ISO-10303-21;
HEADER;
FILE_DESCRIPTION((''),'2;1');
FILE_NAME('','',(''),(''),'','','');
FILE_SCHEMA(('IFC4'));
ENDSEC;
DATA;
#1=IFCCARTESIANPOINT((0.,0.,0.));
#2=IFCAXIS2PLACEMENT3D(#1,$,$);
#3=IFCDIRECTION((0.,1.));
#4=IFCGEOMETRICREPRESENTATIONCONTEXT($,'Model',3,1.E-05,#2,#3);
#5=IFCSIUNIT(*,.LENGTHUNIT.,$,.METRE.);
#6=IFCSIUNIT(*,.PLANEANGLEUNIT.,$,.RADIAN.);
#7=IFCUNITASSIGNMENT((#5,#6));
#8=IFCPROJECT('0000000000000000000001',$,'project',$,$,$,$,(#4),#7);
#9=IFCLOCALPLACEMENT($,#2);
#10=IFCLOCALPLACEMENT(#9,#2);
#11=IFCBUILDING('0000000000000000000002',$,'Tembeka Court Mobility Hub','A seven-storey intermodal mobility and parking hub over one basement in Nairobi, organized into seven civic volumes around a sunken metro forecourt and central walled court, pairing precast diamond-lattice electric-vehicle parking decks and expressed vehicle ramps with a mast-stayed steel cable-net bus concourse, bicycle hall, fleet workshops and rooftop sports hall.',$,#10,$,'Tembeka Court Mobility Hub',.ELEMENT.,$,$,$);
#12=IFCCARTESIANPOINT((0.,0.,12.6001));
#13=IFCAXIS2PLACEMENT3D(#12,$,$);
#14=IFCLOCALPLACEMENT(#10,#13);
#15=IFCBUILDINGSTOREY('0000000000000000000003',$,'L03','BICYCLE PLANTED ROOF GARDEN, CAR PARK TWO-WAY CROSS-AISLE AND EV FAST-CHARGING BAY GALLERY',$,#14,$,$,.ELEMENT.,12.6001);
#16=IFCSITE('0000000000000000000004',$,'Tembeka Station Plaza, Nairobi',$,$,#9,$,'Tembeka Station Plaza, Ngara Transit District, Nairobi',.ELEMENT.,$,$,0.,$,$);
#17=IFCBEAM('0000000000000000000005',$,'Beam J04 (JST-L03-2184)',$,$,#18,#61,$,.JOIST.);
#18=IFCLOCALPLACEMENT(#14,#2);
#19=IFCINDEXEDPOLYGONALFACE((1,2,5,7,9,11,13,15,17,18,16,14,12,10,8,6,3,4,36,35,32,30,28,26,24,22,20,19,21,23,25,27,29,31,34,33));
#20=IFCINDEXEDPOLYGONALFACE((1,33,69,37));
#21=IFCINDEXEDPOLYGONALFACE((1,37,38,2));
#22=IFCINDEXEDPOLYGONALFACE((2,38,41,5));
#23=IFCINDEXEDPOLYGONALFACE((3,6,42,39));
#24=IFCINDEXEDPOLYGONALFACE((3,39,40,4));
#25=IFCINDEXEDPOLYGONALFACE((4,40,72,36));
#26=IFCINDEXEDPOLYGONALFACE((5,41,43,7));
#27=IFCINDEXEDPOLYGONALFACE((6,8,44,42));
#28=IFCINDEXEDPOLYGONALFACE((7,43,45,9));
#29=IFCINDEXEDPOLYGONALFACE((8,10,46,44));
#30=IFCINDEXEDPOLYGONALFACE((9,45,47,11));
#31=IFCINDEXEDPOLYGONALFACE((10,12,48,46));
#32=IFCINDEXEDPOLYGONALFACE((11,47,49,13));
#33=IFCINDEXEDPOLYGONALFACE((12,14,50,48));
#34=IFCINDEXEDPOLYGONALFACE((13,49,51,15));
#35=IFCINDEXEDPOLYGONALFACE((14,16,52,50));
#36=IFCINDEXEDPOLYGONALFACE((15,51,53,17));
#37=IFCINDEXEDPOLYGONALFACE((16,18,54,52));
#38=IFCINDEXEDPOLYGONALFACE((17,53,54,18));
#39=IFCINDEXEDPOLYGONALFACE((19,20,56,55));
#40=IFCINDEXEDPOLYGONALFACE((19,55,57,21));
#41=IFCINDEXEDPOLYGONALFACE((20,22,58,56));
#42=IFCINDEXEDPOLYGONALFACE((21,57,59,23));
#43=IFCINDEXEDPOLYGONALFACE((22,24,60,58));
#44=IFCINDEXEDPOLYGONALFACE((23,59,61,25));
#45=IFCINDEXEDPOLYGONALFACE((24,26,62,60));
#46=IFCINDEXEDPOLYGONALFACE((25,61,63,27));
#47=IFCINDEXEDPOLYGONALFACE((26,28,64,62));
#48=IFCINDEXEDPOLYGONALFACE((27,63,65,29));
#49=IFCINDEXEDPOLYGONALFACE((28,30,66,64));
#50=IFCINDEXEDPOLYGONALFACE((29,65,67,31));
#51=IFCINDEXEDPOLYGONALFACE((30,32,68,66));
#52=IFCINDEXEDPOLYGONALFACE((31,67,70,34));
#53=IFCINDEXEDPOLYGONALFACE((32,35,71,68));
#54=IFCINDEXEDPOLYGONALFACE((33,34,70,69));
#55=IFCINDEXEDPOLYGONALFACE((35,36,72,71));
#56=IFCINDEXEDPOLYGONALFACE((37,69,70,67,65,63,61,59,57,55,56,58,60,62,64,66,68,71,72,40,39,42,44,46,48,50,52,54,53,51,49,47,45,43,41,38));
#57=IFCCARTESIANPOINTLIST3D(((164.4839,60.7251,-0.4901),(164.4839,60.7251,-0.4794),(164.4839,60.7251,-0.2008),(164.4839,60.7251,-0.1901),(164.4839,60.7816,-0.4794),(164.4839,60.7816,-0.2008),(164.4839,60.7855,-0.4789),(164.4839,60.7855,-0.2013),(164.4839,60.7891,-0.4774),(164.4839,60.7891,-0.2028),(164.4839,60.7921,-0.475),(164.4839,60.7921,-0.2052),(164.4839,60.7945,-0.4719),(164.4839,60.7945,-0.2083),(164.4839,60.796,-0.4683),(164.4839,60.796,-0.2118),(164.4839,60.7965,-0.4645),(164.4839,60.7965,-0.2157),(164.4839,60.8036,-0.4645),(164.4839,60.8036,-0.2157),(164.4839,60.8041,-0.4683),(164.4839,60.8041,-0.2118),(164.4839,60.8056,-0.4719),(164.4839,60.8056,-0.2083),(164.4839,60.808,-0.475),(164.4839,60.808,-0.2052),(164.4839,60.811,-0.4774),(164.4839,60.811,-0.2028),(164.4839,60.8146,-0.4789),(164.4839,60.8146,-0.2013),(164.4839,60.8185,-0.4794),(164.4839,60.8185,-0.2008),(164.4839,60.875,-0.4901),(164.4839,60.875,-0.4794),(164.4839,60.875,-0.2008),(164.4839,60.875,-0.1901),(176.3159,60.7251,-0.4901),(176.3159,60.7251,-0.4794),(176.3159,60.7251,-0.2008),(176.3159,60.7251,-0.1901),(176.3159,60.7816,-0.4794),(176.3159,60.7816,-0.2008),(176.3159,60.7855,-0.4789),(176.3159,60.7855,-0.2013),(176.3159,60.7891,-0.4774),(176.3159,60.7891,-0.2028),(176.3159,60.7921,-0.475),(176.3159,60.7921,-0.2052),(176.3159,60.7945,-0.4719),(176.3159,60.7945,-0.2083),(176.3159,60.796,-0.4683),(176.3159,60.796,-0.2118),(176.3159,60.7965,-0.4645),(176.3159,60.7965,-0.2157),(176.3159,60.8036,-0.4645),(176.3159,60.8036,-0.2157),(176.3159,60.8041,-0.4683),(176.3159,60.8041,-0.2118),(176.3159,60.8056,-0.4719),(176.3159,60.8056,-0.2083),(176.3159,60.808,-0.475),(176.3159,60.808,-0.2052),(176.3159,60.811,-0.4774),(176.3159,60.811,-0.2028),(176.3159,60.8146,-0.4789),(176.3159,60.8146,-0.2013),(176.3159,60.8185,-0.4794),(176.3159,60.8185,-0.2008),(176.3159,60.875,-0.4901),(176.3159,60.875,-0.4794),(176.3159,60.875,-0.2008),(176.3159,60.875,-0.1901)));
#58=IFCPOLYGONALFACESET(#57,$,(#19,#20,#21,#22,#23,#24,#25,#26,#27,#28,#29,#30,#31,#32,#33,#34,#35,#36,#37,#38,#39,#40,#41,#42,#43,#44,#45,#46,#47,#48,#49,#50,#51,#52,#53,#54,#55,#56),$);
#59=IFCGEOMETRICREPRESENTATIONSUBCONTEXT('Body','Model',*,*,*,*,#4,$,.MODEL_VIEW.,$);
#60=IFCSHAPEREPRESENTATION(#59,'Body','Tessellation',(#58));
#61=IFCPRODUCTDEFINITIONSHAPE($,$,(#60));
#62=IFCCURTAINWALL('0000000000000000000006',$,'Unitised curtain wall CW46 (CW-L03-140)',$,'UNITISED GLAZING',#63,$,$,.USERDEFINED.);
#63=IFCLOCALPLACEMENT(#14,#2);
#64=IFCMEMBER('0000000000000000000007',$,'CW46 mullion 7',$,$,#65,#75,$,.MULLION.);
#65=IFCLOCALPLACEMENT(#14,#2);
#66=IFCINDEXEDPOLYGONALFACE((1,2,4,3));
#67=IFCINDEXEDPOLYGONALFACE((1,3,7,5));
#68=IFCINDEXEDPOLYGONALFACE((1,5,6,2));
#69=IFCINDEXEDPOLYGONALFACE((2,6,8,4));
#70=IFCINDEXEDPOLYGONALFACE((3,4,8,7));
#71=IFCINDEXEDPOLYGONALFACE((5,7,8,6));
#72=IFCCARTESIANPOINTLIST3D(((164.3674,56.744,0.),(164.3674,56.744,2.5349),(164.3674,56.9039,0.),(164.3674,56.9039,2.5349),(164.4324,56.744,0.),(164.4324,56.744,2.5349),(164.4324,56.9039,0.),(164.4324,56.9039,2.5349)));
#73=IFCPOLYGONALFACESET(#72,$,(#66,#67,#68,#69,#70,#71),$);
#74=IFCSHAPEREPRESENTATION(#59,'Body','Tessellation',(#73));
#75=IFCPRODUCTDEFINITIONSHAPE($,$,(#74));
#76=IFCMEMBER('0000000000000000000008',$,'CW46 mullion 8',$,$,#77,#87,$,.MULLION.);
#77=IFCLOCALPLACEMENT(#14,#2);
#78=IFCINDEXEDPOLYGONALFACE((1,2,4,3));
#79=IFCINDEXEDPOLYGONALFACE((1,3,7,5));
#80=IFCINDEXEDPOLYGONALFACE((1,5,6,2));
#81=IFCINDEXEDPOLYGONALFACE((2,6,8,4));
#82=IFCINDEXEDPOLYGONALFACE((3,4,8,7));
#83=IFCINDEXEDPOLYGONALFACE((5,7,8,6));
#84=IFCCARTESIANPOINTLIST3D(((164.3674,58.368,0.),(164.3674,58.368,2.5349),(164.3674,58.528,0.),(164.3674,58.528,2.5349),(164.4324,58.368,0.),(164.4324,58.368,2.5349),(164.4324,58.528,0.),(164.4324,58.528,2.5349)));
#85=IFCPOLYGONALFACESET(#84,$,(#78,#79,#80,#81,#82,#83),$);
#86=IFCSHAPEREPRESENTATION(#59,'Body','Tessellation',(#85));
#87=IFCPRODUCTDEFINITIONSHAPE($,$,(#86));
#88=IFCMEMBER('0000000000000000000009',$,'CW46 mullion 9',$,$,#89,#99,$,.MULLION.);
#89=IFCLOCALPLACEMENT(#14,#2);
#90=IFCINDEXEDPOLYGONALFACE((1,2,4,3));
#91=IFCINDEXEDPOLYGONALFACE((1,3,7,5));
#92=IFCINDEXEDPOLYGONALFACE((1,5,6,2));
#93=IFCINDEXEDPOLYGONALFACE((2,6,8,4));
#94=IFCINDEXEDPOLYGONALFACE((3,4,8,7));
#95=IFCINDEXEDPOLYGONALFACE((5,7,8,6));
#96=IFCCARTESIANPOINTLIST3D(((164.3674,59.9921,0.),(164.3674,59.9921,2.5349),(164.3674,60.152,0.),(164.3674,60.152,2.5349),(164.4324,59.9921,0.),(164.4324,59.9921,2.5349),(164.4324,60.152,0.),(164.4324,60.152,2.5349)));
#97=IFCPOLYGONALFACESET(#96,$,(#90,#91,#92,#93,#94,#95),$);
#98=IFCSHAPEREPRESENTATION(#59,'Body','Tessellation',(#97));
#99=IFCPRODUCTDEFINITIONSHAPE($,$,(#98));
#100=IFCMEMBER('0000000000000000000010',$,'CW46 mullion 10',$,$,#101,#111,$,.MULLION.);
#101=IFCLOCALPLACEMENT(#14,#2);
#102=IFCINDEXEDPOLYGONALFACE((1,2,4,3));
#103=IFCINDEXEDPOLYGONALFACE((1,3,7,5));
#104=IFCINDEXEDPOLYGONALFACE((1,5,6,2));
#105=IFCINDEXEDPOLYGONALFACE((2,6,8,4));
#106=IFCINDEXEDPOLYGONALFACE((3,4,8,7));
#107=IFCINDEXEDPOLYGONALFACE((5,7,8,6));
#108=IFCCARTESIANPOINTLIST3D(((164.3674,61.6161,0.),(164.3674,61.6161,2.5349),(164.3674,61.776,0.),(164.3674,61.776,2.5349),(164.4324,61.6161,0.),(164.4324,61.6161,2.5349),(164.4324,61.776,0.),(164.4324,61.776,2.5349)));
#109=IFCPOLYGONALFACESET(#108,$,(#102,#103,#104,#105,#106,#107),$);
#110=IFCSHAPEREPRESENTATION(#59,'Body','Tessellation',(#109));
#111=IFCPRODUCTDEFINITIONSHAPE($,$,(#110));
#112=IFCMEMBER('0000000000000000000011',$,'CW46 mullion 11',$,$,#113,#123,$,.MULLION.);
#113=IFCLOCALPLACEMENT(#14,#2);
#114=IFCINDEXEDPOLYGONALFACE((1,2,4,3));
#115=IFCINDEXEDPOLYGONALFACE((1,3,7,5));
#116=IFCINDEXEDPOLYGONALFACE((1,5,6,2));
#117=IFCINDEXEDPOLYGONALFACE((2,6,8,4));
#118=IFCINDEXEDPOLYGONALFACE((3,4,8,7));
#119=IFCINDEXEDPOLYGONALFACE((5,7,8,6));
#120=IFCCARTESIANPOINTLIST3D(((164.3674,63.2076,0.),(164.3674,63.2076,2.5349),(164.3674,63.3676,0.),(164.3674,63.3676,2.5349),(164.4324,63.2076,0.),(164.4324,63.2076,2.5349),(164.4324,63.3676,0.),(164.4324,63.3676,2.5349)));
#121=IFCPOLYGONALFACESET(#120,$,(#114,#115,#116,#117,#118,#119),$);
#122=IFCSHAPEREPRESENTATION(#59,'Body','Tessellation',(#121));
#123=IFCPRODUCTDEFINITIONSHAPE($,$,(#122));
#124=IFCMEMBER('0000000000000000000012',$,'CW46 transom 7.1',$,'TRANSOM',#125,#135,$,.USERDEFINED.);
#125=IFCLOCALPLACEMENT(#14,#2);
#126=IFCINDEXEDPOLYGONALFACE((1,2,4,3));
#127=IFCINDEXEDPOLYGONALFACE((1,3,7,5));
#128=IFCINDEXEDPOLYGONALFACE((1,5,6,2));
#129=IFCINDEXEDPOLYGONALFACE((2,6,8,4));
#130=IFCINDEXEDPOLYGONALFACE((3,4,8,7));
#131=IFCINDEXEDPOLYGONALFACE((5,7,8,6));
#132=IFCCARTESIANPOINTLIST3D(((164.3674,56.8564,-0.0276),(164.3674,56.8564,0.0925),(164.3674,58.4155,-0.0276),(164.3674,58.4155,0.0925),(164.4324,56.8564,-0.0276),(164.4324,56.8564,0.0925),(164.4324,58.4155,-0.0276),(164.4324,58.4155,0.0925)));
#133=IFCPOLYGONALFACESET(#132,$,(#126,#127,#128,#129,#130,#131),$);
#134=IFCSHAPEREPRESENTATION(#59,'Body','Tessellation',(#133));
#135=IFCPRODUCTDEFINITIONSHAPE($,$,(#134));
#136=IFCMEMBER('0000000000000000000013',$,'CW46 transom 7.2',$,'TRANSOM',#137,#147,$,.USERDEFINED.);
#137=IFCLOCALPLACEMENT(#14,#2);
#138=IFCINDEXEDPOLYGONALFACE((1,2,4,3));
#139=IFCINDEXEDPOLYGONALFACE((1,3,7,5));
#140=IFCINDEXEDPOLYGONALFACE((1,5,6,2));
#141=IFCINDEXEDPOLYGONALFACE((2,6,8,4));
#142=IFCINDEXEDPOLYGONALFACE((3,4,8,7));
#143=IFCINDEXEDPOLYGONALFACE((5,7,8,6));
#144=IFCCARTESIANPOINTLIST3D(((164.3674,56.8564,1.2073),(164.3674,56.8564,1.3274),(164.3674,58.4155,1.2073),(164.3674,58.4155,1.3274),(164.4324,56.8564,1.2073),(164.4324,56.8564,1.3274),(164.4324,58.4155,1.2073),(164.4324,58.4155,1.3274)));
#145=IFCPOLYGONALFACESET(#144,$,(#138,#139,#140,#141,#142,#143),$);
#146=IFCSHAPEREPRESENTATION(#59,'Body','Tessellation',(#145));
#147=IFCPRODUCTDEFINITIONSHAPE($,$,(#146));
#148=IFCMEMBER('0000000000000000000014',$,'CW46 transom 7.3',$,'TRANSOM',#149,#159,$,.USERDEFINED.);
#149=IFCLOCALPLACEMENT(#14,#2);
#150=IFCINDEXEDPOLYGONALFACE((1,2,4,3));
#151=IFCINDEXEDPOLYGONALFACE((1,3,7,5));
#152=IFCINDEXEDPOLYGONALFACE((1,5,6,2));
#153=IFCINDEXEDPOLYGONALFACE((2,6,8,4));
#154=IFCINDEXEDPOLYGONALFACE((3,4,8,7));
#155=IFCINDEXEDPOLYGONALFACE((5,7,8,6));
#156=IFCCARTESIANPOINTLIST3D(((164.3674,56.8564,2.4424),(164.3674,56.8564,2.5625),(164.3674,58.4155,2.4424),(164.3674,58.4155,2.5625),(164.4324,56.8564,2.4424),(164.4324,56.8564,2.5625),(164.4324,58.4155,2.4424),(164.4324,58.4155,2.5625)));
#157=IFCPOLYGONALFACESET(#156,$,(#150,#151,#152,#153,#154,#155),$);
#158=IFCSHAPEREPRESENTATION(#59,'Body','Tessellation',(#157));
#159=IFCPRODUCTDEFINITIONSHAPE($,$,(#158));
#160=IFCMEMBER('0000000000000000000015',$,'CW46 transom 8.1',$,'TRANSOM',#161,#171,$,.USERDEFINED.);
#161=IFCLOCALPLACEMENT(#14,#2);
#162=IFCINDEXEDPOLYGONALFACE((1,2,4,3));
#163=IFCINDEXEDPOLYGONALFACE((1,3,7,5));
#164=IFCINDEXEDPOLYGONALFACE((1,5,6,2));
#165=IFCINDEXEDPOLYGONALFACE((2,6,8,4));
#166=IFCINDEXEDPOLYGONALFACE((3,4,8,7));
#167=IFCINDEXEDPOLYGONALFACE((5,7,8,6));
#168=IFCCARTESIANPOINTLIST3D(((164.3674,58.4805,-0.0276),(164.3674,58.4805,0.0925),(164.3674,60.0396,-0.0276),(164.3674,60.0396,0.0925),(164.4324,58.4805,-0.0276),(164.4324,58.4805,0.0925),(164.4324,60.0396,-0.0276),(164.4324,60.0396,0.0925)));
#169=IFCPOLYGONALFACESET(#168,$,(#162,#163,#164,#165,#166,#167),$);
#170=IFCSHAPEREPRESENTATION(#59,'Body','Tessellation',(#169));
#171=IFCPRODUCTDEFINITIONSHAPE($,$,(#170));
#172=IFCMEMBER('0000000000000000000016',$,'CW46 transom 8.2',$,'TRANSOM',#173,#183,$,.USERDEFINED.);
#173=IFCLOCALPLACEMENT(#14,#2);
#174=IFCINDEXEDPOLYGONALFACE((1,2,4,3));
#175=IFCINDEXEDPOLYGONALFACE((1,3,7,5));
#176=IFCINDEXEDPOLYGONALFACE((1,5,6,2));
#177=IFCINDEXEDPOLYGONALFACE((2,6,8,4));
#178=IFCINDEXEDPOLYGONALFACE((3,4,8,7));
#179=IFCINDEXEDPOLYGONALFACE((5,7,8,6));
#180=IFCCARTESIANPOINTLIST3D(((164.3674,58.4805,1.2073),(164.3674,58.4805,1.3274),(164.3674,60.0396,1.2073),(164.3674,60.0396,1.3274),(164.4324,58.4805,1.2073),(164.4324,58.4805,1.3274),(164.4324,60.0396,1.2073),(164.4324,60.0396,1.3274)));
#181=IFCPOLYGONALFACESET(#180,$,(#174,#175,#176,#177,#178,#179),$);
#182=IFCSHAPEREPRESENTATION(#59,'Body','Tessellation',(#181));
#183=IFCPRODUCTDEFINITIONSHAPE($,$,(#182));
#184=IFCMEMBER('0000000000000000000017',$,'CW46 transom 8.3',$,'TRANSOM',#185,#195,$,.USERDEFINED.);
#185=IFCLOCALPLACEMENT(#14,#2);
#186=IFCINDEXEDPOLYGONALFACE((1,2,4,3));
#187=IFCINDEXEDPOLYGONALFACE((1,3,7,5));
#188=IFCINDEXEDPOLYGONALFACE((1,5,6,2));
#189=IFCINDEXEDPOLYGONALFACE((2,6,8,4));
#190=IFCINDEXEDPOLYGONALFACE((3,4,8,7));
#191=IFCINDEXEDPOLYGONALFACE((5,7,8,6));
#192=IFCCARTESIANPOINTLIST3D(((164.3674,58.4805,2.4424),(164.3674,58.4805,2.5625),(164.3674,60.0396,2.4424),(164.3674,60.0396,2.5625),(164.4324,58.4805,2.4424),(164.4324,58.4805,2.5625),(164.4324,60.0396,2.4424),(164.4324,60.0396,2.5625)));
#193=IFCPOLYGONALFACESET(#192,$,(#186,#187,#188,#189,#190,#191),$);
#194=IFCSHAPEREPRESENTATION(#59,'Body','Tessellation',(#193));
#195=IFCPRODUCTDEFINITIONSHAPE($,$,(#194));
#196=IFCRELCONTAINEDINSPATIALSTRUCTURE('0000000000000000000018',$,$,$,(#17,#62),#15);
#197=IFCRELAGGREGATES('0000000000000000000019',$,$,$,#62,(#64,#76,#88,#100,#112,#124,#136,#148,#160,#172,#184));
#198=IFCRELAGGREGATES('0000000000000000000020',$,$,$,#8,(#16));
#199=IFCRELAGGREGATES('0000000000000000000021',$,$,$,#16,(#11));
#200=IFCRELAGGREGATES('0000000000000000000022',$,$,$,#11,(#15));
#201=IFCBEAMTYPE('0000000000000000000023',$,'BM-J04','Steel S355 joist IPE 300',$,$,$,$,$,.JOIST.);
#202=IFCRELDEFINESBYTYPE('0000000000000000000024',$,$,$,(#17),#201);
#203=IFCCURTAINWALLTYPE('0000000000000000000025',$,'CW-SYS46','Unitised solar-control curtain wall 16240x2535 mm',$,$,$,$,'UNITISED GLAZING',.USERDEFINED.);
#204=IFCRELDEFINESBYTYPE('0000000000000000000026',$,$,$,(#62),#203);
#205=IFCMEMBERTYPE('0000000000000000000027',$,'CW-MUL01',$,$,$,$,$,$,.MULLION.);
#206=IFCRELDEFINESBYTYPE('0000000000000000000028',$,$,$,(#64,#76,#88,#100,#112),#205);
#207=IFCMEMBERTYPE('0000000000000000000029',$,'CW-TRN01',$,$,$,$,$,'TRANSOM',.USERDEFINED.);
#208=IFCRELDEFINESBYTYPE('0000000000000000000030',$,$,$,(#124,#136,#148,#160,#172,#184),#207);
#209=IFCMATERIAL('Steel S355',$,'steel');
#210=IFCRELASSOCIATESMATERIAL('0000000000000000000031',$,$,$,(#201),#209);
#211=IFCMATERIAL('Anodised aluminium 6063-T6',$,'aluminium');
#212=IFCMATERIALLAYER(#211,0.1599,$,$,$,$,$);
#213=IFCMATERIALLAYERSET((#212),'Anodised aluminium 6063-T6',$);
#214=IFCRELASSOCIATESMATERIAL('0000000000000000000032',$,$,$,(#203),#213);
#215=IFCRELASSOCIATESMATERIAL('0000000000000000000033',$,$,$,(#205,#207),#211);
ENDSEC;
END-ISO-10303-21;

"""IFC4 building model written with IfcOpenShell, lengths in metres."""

from ifc_helpers import new_model, si_unit, direction, frame, origin, origin_2d, place, context, subcontext, project, spatial, rectangle, i_section, extrude, material, layer, layer_set, material_profile, profile_set, type_object, element, aggregate, save


model = new_model("IFC4")

# Units and contexts
model_context = context("Model", 3, precision=1e-05, world=origin(), true_north=direction((0.0, 1.0)))
body_context = subcontext(model_context, "Body", "Model", "MODEL_VIEW")
ifc_project = project(units=[si_unit("LENGTHUNIT", "METRE"), si_unit("PLANEANGLEUNIT", "RADIAN")], contexts=[model_context])

# Site, building, storey
site_placement = place(None, origin())
site = spatial("IfcSite", under=ifc_project, at=site_placement, Name="Tembeka Station Plaza, Nairobi", LongName="Tembeka Station Plaza, Ngara Transit District, Nairobi", CompositionType="ELEMENT", RefElevation=0.0)
building_placement = place(site_placement, origin())
building = spatial("IfcBuilding", under=site, at=building_placement, Name="Tembeka Court Mobility Hub", Description="A seven-storey intermodal mobility and parking hub over one basement in Nairobi, organized into seven civic volumes around a sunken metro forecourt and central walled court, pairing precast diamond-lattice electric-vehicle parking decks and expressed vehicle ramps with a mast-stayed steel cable-net bus concourse, bicycle hall, fleet workshops and rooftop sports hall.", LongName="Tembeka Court Mobility Hub", CompositionType="ELEMENT")
storey_placement = place(building_placement, frame((0.0, 0.0, 12.6001)))
storey = spatial("IfcBuildingStorey", under=building, at=storey_placement, Name="L03", Description="BICYCLE PLANTED ROOF GARDEN, CAR PARK TWO-WAY CROSS-AISLE AND EV FAST-CHARGING BAY GALLERY", CompositionType="ELEMENT", Elevation=12.6001)

# Shared definitions
ifc_material_1 = material(Name="Steel S355", Category="steel")

# Beam
ifc_material_profile_1 = material_profile(ifc_material_1, i_section(OverallWidth=0.1499, OverallDepth=0.3, WebThickness=0.0071, FlangeThickness=0.0107, FilletRadius=0.0149, at=origin_2d()), Name="IPE 300")
ifc_profile_set_1 = profile_set([ifc_material_profile_1], Name="Steel S355")
beam_type_1 = type_object("IfcBeamType", Name="BM-J04", Description="Steel S355 joist IPE 300", PredefinedType="JOIST", material=ifc_profile_set_1)
for number, where, z_axis, x_axis, name in (
    (1, (164.4839, 60.8, -0.3401), (1.0, 0.0, 0.0), (0.0, 1.0, 0.0), "Beam J04 (JST-L03-2184)"),
):
    element("IfcBeam", number, at=place(storey_placement, frame(where, z_axis=z_axis, x_axis=x_axis)), inside=storey, type_object=beam_type_1, Name=name, PredefinedType="JOIST", context=body_context, shape_type="SweptSolid", body=[
        extrude(i_section(OverallWidth=0.1499, OverallDepth=0.3, WebThickness=0.0071, FlangeThickness=0.0107, FilletRadius=0.0149, at=origin_2d()), origin(), (0.0, 0.0, 1.0), 11.832),
    ])

# Curtain wall, members
ifc_material_2 = material(Name="Anodised aluminium 6063-T6", Category="aluminium")
ifc_layer_1 = layer(ifc_material_2, 0.1599)
ifc_layer_set_1 = layer_set([ifc_layer_1], Name="Anodised aluminium 6063-T6")
curtain_wall_type = type_object("IfcCurtainWallType", Name="CW-SYS46", Description="Unitised solar-control curtain wall 16240x2535 mm", ElementType="UNITISED GLAZING", PredefinedType="USERDEFINED", material=ifc_layer_set_1)
curtain_wall_placement = place(storey_placement, origin())
curtain_wall = element("IfcCurtainWall", 2, at=curtain_wall_placement, inside=storey, type_object=curtain_wall_type, Name="Unitised curtain wall CW46 (CW-L03-140)", ObjectType="UNITISED GLAZING", PredefinedType="USERDEFINED")
ifc_material_profile_2 = material_profile(ifc_material_2, rectangle(XDim=0.0649, YDim=0.1599, at=origin_2d()), Name="ALU-MUL 65x160")
ifc_profile_set_2 = profile_set([ifc_material_profile_2], Name="Anodised aluminium 6063-T6")
member_type_1 = type_object("IfcMemberType", Name="CW-MUL01", PredefinedType="MULLION", material=ifc_profile_set_2)
member_1_placement = place(storey_placement, frame((164.3999, 56.824, 0.0), z_axis=(0.0, 0.0, 1.0), x_axis=(-1.0, 0.0, 0.0)))
member_1 = element("IfcMember", 3, at=member_1_placement, type_object=member_type_1, Name="CW46 mullion 7", PredefinedType="MULLION", context=body_context, shape_type="SweptSolid", body=[
    extrude(rectangle(XDim=0.0649, YDim=0.1599, at=origin_2d()), origin(), (0.0, 0.0, 1.0), 2.5349),
])
member_2_placement = place(storey_placement, frame((164.3999, 58.448, 0.0), z_axis=(0.0, 0.0, 1.0), x_axis=(-1.0, 0.0, 0.0)))
member_2 = element("IfcMember", 4, at=member_2_placement, type_object=member_type_1, Name="CW46 mullion 8", PredefinedType="MULLION", context=body_context, shape_type="SweptSolid", body=[
    extrude(rectangle(XDim=0.0649, YDim=0.1599, at=origin_2d()), origin(), (0.0, 0.0, 1.0), 2.5349),
])
member_3_placement = place(storey_placement, frame((164.3999, 60.072, 0.0), z_axis=(0.0, 0.0, 1.0), x_axis=(-1.0, 0.0, 0.0)))
member_3 = element("IfcMember", 5, at=member_3_placement, type_object=member_type_1, Name="CW46 mullion 9", PredefinedType="MULLION", context=body_context, shape_type="SweptSolid", body=[
    extrude(rectangle(XDim=0.0649, YDim=0.1599, at=origin_2d()), origin(), (0.0, 0.0, 1.0), 2.5349),
])
member_4_placement = place(storey_placement, frame((164.3999, 61.696, 0.0), z_axis=(0.0, 0.0, 1.0), x_axis=(-1.0, 0.0, 0.0)))
member_4 = element("IfcMember", 6, at=member_4_placement, type_object=member_type_1, Name="CW46 mullion 10", PredefinedType="MULLION", context=body_context, shape_type="SweptSolid", body=[
    extrude(rectangle(XDim=0.0649, YDim=0.1599, at=origin_2d()), origin(), (0.0, 0.0, 1.0), 2.5349),
])
member_5_placement = place(storey_placement, frame((164.3999, 63.2876, 0.0), z_axis=(0.0, 0.0, 1.0), x_axis=(-1.0, 0.0, 0.0)))
member_5 = element("IfcMember", 7, at=member_5_placement, type_object=member_type_1, Name="CW46 mullion 11", PredefinedType="MULLION", context=body_context, shape_type="SweptSolid", body=[
    extrude(rectangle(XDim=0.0649, YDim=0.1599, at=origin_2d()), origin(), (0.0, 0.0, 1.0), 2.5349),
])
ifc_material_profile_3 = material_profile(ifc_material_2, rectangle(XDim=0.0649, YDim=0.1201, at=origin_2d()), Name="ALU-TRN 65x120")
ifc_profile_set_3 = profile_set([ifc_material_profile_3], Name="Anodised aluminium 6063-T6")
member_type_2 = type_object("IfcMemberType", Name="CW-TRN01", ElementType="TRANSOM", PredefinedType="USERDEFINED", material=ifc_profile_set_3)
member_6_placement = place(storey_placement, frame((164.3999, 56.8564, 0.0325), z_axis=(0.0, 1.0, 0.0), x_axis=(-1.0, 0.0, 0.0)))
member_6 = element("IfcMember", 8, at=member_6_placement, type_object=member_type_2, Name="CW46 transom 7.1", ObjectType="TRANSOM", PredefinedType="USERDEFINED", context=body_context, shape_type="SweptSolid", body=[
    extrude(rectangle(XDim=0.0649, YDim=0.1201, at=origin_2d()), origin(), (0.0, 0.0, 1.0), 1.5591),
])
member_7_placement = place(storey_placement, frame((164.3999, 56.8564, 1.2673), z_axis=(0.0, 1.0, 0.0), x_axis=(-1.0, 0.0, 0.0)))
member_7 = element("IfcMember", 9, at=member_7_placement, type_object=member_type_2, Name="CW46 transom 7.2", ObjectType="TRANSOM", PredefinedType="USERDEFINED", context=body_context, shape_type="SweptSolid", body=[
    extrude(rectangle(XDim=0.0649, YDim=0.1201, at=origin_2d()), origin(), (0.0, 0.0, 1.0), 1.5591),
])
member_8_placement = place(storey_placement, frame((164.3999, 56.8564, 2.5024), z_axis=(0.0, 1.0, 0.0), x_axis=(-1.0, 0.0, 0.0)))
member_8 = element("IfcMember", 10, at=member_8_placement, type_object=member_type_2, Name="CW46 transom 7.3", ObjectType="TRANSOM", PredefinedType="USERDEFINED", context=body_context, shape_type="SweptSolid", body=[
    extrude(rectangle(XDim=0.0649, YDim=0.1201, at=origin_2d()), origin(), (0.0, 0.0, 1.0), 1.5591),
])
member_9_placement = place(storey_placement, frame((164.3999, 58.4805, 0.0325), z_axis=(0.0, 1.0, 0.0), x_axis=(-1.0, 0.0, 0.0)))
member_9 = element("IfcMember", 11, at=member_9_placement, type_object=member_type_2, Name="CW46 transom 8.1", ObjectType="TRANSOM", PredefinedType="USERDEFINED", context=body_context, shape_type="SweptSolid", body=[
    extrude(rectangle(XDim=0.0649, YDim=0.1201, at=origin_2d()), origin(), (0.0, 0.0, 1.0), 1.5591),
])
member_10_placement = place(storey_placement, frame((164.3999, 58.4805, 1.2673), z_axis=(0.0, 1.0, 0.0), x_axis=(-1.0, 0.0, 0.0)))
member_10 = element("IfcMember", 12, at=member_10_placement, type_object=member_type_2, Name="CW46 transom 8.2", ObjectType="TRANSOM", PredefinedType="USERDEFINED", context=body_context, shape_type="SweptSolid", body=[
    extrude(rectangle(XDim=0.0649, YDim=0.1201, at=origin_2d()), origin(), (0.0, 0.0, 1.0), 1.5591),
])
member_11_placement = place(storey_placement, frame((164.3999, 58.4805, 2.5024), z_axis=(0.0, 1.0, 0.0), x_axis=(-1.0, 0.0, 0.0)))
member_11 = element("IfcMember", 13, at=member_11_placement, type_object=member_type_2, Name="CW46 transom 8.3", ObjectType="TRANSOM", PredefinedType="USERDEFINED", context=body_context, shape_type="SweptSolid", body=[
    extrude(rectangle(XDim=0.0649, YDim=0.1201, at=origin_2d()), origin(), (0.0, 0.0, 1.0), 1.5591),
])
aggregate(curtain_wall, [member_1, member_2, member_3, member_4, member_5, member_6, member_7, member_8, member_9, member_10, member_11])

save(model, "model.ifc")
